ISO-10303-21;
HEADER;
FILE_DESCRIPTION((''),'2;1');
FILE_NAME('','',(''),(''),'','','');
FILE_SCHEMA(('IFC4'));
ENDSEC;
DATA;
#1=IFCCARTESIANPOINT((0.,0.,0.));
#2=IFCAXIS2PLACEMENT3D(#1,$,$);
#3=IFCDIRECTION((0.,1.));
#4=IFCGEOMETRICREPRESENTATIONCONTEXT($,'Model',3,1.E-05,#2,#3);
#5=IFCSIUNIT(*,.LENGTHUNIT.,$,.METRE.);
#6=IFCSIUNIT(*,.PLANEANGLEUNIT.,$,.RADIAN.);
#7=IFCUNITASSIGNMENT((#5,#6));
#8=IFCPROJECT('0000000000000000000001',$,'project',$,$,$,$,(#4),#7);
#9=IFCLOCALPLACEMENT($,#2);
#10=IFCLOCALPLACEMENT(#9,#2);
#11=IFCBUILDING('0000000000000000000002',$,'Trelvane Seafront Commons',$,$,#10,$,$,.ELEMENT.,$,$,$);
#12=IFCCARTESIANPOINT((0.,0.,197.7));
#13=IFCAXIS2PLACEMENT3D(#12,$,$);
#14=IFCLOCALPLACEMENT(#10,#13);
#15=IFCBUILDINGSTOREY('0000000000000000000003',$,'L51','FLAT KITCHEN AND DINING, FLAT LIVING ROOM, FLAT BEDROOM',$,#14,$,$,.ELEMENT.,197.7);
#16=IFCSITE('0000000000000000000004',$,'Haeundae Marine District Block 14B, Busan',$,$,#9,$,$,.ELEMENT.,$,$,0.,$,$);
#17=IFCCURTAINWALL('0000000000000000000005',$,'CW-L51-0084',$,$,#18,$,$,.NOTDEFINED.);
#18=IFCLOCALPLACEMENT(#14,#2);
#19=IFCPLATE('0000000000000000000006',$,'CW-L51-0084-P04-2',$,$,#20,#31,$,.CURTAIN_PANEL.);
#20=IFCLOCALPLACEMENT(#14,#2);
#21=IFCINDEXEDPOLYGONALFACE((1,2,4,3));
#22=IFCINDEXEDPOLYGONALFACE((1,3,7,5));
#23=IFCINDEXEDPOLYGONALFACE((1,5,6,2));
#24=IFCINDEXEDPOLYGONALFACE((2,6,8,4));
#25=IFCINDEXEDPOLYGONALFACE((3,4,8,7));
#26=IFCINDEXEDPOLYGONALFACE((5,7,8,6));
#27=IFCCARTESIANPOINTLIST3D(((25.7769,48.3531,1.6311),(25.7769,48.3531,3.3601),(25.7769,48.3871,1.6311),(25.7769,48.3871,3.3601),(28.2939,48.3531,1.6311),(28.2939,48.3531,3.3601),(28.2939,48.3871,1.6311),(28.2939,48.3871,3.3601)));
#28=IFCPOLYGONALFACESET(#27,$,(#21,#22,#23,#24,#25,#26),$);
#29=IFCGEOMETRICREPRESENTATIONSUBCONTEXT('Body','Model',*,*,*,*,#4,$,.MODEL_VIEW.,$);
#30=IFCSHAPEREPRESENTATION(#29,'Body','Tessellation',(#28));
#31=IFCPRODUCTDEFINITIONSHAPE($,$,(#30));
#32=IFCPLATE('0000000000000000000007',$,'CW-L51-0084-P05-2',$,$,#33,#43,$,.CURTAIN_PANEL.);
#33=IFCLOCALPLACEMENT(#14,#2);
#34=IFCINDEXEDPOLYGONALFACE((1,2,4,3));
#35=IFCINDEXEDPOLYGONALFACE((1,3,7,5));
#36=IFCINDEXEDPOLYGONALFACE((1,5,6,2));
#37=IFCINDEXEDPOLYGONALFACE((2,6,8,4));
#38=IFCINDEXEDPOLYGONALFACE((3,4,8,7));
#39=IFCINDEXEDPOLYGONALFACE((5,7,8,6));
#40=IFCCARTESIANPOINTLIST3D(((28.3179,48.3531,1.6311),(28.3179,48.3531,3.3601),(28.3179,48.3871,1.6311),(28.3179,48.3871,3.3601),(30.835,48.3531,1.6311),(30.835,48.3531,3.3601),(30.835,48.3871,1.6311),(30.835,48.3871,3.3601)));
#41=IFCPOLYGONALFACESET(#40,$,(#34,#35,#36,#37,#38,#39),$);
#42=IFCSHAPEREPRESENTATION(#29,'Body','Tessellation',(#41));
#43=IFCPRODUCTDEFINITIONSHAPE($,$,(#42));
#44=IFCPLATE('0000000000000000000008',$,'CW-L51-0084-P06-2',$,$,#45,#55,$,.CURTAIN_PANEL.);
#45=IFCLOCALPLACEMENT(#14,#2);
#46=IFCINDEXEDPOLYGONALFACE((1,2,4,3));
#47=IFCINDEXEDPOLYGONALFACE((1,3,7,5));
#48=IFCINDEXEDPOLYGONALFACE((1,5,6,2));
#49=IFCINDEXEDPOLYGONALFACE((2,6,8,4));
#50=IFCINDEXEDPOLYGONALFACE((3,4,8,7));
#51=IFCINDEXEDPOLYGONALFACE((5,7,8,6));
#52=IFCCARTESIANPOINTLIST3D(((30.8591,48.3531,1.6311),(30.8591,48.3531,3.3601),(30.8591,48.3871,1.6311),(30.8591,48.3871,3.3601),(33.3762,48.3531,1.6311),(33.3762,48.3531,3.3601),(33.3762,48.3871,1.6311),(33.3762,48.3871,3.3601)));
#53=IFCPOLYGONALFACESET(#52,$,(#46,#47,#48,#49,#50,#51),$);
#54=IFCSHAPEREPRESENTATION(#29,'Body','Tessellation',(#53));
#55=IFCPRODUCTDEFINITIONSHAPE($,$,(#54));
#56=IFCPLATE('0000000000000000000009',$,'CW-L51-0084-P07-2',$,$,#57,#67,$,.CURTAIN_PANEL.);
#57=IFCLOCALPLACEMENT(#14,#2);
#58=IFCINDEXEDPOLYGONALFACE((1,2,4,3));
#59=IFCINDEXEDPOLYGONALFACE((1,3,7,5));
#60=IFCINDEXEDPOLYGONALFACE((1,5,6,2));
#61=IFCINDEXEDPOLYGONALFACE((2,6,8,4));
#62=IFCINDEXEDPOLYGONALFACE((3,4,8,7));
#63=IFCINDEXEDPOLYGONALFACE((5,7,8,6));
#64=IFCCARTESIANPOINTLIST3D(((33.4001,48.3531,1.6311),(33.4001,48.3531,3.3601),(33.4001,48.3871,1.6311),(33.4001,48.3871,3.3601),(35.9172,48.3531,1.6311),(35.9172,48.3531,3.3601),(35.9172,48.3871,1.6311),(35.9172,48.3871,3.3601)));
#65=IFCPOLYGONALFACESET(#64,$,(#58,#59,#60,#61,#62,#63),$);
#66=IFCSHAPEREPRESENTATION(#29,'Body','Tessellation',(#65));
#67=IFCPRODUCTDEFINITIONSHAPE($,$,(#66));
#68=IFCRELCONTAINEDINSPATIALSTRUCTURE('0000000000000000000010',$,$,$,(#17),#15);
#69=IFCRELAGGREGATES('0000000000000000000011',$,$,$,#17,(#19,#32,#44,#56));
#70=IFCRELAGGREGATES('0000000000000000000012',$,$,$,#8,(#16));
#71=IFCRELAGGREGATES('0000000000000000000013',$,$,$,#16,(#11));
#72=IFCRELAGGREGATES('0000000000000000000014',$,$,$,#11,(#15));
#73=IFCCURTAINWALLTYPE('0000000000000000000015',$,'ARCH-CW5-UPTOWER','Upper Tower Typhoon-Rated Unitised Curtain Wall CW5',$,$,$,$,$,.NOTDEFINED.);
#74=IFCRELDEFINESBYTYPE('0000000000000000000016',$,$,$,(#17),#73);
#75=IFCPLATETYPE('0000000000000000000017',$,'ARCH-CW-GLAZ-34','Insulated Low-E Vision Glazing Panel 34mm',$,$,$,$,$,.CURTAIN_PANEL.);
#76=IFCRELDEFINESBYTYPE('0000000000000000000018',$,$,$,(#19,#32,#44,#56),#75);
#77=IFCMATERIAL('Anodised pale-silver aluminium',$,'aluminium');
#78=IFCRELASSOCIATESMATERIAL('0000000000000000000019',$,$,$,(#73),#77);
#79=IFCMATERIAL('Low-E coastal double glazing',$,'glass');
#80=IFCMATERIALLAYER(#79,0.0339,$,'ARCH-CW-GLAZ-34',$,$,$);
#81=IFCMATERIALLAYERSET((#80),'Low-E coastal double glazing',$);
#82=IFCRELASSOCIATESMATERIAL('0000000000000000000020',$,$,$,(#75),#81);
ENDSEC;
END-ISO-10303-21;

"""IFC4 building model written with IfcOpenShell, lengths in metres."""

from ifc_helpers import new_model, si_unit, direction, frame, origin, origin_2d, place, context, subcontext, project, spatial, rectangle, extrude, source, transform, mapped, material, layer, layer_set, type_object, element, aggregate, save


model = new_model("IFC4")

# Units and contexts
model_context = context("Model", 3, precision=1e-05, world=origin(), true_north=direction((0.0, 1.0)))
body_context = subcontext(model_context, "Body", "Model", "MODEL_VIEW")
ifc_project = project(units=[si_unit("LENGTHUNIT", "METRE"), si_unit("PLANEANGLEUNIT", "RADIAN")], contexts=[model_context])

# Site, building, storey
site_placement = place(None, origin())
site = spatial("IfcSite", under=ifc_project, at=site_placement, Name="Haeundae Marine District Block 14B, Busan", CompositionType="ELEMENT", RefElevation=0.0)
building_placement = place(site_placement, origin())
building = spatial("IfcBuilding", under=site, at=building_placement, Name="Trelvane Seafront Commons", CompositionType="ELEMENT")
storey_placement = place(building_placement, frame((0.0, 0.0, 197.7)))
storey = spatial("IfcBuildingStorey", under=building, at=storey_placement, Name="L51", Description="FLAT KITCHEN AND DINING, FLAT LIVING ROOM, FLAT BEDROOM", CompositionType="ELEMENT", Elevation=197.7)

# Curtain wall
ifc_material_1 = material(Name="Anodised pale-silver aluminium", Category="aluminium")
curtain_wall_type = type_object("IfcCurtainWallType", Name="ARCH-CW5-UPTOWER", Description="Upper Tower Typhoon-Rated Unitised Curtain Wall CW5", PredefinedType="NOTDEFINED", material=ifc_material_1)
curtain_wall_placement = place(storey_placement, origin())
curtain_wall = element("IfcCurtainWall", 1, at=curtain_wall_placement, inside=storey, type_object=curtain_wall_type, Name="CW-L51-0084", PredefinedType="NOTDEFINED")

# Plates
ifc_material_2 = material(Name="Low-E coastal double glazing", Category="glass")
ifc_layer_1 = layer(ifc_material_2, 0.0339, Name="ARCH-CW-GLAZ-34")
ifc_layer_set_1 = layer_set([ifc_layer_1], Name="Low-E coastal double glazing")
plate_type_1 = type_object("IfcPlateType", Name="ARCH-CW-GLAZ-34", Description="Insulated Low-E Vision Glazing Panel 34mm", PredefinedType="CURTAIN_PANEL", material=ifc_layer_set_1)
shared_shape_1 = source(origin(), body_context, "Body", "SweptSolid", [
    extrude(rectangle(XDim=2.5171, YDim=0.0339, at=origin_2d()), origin(), (0.0, 0.0, 1.0), 1.729),
])
plate_1_placement = place(storey_placement, frame((27.0354, 48.3701, 1.6311), z_axis=(0.0, 0.0, 1.0), x_axis=(1.0, 0.0, 0.0)))
plate_1 = element("IfcPlate", 2, at=plate_1_placement, type_object=plate_type_1, Name="CW-L51-0084-P04-2", PredefinedType="CURTAIN_PANEL", context=body_context, shape_type="MappedRepresentation", body=[
    mapped(shared_shape_1, transform((0.0, 0.0, 0.0), x_axis=(1.0, 0.0, 0.0), y_axis=(0.0, 1.0, 0.0), z_axis=(0.0, 0.0, 1.0), scale=1.0)),
])
plate_2_placement = place(storey_placement, frame((29.5764, 48.3701, 1.6311), z_axis=(0.0, 0.0, 1.0), x_axis=(1.0, 0.0, 0.0)))
plate_2 = element("IfcPlate", 3, at=plate_2_placement, type_object=plate_type_1, Name="CW-L51-0084-P05-2", PredefinedType="CURTAIN_PANEL", context=body_context, shape_type="MappedRepresentation", body=[
    mapped(shared_shape_1, transform((0.0, 0.0, 0.0), x_axis=(1.0, 0.0, 0.0), y_axis=(0.0, 1.0, 0.0), z_axis=(0.0, 0.0, 1.0), scale=1.0)),
])
plate_3_placement = place(storey_placement, frame((32.1177, 48.3701, 1.6311), z_axis=(0.0, 0.0, 1.0), x_axis=(1.0, 0.0, 0.0)))
plate_3 = element("IfcPlate", 4, at=plate_3_placement, type_object=plate_type_1, Name="CW-L51-0084-P06-2", PredefinedType="CURTAIN_PANEL", context=body_context, shape_type="MappedRepresentation", body=[
    mapped(shared_shape_1, transform((0.0, 0.0, 0.0), x_axis=(1.0, 0.0, 0.0), y_axis=(0.0, 1.0, 0.0), z_axis=(0.0, 0.0, 1.0), scale=1.0)),
])
plate_4_placement = place(storey_placement, frame((34.6587, 48.3701, 1.6311), z_axis=(0.0, 0.0, 1.0), x_axis=(1.0, 0.0, 0.0)))
plate_4 = element("IfcPlate", 5, at=plate_4_placement, type_object=plate_type_1, Name="CW-L51-0084-P07-2", PredefinedType="CURTAIN_PANEL", context=body_context, shape_type="MappedRepresentation", body=[
    mapped(shared_shape_1, transform((0.0, 0.0, 0.0), x_axis=(1.0, 0.0, 0.0), y_axis=(0.0, 1.0, 0.0), z_axis=(0.0, 0.0, 1.0), scale=1.0)),
])
aggregate(curtain_wall, [plate_1, plate_2, plate_3, plate_4])

save(model, "model.ifc")
